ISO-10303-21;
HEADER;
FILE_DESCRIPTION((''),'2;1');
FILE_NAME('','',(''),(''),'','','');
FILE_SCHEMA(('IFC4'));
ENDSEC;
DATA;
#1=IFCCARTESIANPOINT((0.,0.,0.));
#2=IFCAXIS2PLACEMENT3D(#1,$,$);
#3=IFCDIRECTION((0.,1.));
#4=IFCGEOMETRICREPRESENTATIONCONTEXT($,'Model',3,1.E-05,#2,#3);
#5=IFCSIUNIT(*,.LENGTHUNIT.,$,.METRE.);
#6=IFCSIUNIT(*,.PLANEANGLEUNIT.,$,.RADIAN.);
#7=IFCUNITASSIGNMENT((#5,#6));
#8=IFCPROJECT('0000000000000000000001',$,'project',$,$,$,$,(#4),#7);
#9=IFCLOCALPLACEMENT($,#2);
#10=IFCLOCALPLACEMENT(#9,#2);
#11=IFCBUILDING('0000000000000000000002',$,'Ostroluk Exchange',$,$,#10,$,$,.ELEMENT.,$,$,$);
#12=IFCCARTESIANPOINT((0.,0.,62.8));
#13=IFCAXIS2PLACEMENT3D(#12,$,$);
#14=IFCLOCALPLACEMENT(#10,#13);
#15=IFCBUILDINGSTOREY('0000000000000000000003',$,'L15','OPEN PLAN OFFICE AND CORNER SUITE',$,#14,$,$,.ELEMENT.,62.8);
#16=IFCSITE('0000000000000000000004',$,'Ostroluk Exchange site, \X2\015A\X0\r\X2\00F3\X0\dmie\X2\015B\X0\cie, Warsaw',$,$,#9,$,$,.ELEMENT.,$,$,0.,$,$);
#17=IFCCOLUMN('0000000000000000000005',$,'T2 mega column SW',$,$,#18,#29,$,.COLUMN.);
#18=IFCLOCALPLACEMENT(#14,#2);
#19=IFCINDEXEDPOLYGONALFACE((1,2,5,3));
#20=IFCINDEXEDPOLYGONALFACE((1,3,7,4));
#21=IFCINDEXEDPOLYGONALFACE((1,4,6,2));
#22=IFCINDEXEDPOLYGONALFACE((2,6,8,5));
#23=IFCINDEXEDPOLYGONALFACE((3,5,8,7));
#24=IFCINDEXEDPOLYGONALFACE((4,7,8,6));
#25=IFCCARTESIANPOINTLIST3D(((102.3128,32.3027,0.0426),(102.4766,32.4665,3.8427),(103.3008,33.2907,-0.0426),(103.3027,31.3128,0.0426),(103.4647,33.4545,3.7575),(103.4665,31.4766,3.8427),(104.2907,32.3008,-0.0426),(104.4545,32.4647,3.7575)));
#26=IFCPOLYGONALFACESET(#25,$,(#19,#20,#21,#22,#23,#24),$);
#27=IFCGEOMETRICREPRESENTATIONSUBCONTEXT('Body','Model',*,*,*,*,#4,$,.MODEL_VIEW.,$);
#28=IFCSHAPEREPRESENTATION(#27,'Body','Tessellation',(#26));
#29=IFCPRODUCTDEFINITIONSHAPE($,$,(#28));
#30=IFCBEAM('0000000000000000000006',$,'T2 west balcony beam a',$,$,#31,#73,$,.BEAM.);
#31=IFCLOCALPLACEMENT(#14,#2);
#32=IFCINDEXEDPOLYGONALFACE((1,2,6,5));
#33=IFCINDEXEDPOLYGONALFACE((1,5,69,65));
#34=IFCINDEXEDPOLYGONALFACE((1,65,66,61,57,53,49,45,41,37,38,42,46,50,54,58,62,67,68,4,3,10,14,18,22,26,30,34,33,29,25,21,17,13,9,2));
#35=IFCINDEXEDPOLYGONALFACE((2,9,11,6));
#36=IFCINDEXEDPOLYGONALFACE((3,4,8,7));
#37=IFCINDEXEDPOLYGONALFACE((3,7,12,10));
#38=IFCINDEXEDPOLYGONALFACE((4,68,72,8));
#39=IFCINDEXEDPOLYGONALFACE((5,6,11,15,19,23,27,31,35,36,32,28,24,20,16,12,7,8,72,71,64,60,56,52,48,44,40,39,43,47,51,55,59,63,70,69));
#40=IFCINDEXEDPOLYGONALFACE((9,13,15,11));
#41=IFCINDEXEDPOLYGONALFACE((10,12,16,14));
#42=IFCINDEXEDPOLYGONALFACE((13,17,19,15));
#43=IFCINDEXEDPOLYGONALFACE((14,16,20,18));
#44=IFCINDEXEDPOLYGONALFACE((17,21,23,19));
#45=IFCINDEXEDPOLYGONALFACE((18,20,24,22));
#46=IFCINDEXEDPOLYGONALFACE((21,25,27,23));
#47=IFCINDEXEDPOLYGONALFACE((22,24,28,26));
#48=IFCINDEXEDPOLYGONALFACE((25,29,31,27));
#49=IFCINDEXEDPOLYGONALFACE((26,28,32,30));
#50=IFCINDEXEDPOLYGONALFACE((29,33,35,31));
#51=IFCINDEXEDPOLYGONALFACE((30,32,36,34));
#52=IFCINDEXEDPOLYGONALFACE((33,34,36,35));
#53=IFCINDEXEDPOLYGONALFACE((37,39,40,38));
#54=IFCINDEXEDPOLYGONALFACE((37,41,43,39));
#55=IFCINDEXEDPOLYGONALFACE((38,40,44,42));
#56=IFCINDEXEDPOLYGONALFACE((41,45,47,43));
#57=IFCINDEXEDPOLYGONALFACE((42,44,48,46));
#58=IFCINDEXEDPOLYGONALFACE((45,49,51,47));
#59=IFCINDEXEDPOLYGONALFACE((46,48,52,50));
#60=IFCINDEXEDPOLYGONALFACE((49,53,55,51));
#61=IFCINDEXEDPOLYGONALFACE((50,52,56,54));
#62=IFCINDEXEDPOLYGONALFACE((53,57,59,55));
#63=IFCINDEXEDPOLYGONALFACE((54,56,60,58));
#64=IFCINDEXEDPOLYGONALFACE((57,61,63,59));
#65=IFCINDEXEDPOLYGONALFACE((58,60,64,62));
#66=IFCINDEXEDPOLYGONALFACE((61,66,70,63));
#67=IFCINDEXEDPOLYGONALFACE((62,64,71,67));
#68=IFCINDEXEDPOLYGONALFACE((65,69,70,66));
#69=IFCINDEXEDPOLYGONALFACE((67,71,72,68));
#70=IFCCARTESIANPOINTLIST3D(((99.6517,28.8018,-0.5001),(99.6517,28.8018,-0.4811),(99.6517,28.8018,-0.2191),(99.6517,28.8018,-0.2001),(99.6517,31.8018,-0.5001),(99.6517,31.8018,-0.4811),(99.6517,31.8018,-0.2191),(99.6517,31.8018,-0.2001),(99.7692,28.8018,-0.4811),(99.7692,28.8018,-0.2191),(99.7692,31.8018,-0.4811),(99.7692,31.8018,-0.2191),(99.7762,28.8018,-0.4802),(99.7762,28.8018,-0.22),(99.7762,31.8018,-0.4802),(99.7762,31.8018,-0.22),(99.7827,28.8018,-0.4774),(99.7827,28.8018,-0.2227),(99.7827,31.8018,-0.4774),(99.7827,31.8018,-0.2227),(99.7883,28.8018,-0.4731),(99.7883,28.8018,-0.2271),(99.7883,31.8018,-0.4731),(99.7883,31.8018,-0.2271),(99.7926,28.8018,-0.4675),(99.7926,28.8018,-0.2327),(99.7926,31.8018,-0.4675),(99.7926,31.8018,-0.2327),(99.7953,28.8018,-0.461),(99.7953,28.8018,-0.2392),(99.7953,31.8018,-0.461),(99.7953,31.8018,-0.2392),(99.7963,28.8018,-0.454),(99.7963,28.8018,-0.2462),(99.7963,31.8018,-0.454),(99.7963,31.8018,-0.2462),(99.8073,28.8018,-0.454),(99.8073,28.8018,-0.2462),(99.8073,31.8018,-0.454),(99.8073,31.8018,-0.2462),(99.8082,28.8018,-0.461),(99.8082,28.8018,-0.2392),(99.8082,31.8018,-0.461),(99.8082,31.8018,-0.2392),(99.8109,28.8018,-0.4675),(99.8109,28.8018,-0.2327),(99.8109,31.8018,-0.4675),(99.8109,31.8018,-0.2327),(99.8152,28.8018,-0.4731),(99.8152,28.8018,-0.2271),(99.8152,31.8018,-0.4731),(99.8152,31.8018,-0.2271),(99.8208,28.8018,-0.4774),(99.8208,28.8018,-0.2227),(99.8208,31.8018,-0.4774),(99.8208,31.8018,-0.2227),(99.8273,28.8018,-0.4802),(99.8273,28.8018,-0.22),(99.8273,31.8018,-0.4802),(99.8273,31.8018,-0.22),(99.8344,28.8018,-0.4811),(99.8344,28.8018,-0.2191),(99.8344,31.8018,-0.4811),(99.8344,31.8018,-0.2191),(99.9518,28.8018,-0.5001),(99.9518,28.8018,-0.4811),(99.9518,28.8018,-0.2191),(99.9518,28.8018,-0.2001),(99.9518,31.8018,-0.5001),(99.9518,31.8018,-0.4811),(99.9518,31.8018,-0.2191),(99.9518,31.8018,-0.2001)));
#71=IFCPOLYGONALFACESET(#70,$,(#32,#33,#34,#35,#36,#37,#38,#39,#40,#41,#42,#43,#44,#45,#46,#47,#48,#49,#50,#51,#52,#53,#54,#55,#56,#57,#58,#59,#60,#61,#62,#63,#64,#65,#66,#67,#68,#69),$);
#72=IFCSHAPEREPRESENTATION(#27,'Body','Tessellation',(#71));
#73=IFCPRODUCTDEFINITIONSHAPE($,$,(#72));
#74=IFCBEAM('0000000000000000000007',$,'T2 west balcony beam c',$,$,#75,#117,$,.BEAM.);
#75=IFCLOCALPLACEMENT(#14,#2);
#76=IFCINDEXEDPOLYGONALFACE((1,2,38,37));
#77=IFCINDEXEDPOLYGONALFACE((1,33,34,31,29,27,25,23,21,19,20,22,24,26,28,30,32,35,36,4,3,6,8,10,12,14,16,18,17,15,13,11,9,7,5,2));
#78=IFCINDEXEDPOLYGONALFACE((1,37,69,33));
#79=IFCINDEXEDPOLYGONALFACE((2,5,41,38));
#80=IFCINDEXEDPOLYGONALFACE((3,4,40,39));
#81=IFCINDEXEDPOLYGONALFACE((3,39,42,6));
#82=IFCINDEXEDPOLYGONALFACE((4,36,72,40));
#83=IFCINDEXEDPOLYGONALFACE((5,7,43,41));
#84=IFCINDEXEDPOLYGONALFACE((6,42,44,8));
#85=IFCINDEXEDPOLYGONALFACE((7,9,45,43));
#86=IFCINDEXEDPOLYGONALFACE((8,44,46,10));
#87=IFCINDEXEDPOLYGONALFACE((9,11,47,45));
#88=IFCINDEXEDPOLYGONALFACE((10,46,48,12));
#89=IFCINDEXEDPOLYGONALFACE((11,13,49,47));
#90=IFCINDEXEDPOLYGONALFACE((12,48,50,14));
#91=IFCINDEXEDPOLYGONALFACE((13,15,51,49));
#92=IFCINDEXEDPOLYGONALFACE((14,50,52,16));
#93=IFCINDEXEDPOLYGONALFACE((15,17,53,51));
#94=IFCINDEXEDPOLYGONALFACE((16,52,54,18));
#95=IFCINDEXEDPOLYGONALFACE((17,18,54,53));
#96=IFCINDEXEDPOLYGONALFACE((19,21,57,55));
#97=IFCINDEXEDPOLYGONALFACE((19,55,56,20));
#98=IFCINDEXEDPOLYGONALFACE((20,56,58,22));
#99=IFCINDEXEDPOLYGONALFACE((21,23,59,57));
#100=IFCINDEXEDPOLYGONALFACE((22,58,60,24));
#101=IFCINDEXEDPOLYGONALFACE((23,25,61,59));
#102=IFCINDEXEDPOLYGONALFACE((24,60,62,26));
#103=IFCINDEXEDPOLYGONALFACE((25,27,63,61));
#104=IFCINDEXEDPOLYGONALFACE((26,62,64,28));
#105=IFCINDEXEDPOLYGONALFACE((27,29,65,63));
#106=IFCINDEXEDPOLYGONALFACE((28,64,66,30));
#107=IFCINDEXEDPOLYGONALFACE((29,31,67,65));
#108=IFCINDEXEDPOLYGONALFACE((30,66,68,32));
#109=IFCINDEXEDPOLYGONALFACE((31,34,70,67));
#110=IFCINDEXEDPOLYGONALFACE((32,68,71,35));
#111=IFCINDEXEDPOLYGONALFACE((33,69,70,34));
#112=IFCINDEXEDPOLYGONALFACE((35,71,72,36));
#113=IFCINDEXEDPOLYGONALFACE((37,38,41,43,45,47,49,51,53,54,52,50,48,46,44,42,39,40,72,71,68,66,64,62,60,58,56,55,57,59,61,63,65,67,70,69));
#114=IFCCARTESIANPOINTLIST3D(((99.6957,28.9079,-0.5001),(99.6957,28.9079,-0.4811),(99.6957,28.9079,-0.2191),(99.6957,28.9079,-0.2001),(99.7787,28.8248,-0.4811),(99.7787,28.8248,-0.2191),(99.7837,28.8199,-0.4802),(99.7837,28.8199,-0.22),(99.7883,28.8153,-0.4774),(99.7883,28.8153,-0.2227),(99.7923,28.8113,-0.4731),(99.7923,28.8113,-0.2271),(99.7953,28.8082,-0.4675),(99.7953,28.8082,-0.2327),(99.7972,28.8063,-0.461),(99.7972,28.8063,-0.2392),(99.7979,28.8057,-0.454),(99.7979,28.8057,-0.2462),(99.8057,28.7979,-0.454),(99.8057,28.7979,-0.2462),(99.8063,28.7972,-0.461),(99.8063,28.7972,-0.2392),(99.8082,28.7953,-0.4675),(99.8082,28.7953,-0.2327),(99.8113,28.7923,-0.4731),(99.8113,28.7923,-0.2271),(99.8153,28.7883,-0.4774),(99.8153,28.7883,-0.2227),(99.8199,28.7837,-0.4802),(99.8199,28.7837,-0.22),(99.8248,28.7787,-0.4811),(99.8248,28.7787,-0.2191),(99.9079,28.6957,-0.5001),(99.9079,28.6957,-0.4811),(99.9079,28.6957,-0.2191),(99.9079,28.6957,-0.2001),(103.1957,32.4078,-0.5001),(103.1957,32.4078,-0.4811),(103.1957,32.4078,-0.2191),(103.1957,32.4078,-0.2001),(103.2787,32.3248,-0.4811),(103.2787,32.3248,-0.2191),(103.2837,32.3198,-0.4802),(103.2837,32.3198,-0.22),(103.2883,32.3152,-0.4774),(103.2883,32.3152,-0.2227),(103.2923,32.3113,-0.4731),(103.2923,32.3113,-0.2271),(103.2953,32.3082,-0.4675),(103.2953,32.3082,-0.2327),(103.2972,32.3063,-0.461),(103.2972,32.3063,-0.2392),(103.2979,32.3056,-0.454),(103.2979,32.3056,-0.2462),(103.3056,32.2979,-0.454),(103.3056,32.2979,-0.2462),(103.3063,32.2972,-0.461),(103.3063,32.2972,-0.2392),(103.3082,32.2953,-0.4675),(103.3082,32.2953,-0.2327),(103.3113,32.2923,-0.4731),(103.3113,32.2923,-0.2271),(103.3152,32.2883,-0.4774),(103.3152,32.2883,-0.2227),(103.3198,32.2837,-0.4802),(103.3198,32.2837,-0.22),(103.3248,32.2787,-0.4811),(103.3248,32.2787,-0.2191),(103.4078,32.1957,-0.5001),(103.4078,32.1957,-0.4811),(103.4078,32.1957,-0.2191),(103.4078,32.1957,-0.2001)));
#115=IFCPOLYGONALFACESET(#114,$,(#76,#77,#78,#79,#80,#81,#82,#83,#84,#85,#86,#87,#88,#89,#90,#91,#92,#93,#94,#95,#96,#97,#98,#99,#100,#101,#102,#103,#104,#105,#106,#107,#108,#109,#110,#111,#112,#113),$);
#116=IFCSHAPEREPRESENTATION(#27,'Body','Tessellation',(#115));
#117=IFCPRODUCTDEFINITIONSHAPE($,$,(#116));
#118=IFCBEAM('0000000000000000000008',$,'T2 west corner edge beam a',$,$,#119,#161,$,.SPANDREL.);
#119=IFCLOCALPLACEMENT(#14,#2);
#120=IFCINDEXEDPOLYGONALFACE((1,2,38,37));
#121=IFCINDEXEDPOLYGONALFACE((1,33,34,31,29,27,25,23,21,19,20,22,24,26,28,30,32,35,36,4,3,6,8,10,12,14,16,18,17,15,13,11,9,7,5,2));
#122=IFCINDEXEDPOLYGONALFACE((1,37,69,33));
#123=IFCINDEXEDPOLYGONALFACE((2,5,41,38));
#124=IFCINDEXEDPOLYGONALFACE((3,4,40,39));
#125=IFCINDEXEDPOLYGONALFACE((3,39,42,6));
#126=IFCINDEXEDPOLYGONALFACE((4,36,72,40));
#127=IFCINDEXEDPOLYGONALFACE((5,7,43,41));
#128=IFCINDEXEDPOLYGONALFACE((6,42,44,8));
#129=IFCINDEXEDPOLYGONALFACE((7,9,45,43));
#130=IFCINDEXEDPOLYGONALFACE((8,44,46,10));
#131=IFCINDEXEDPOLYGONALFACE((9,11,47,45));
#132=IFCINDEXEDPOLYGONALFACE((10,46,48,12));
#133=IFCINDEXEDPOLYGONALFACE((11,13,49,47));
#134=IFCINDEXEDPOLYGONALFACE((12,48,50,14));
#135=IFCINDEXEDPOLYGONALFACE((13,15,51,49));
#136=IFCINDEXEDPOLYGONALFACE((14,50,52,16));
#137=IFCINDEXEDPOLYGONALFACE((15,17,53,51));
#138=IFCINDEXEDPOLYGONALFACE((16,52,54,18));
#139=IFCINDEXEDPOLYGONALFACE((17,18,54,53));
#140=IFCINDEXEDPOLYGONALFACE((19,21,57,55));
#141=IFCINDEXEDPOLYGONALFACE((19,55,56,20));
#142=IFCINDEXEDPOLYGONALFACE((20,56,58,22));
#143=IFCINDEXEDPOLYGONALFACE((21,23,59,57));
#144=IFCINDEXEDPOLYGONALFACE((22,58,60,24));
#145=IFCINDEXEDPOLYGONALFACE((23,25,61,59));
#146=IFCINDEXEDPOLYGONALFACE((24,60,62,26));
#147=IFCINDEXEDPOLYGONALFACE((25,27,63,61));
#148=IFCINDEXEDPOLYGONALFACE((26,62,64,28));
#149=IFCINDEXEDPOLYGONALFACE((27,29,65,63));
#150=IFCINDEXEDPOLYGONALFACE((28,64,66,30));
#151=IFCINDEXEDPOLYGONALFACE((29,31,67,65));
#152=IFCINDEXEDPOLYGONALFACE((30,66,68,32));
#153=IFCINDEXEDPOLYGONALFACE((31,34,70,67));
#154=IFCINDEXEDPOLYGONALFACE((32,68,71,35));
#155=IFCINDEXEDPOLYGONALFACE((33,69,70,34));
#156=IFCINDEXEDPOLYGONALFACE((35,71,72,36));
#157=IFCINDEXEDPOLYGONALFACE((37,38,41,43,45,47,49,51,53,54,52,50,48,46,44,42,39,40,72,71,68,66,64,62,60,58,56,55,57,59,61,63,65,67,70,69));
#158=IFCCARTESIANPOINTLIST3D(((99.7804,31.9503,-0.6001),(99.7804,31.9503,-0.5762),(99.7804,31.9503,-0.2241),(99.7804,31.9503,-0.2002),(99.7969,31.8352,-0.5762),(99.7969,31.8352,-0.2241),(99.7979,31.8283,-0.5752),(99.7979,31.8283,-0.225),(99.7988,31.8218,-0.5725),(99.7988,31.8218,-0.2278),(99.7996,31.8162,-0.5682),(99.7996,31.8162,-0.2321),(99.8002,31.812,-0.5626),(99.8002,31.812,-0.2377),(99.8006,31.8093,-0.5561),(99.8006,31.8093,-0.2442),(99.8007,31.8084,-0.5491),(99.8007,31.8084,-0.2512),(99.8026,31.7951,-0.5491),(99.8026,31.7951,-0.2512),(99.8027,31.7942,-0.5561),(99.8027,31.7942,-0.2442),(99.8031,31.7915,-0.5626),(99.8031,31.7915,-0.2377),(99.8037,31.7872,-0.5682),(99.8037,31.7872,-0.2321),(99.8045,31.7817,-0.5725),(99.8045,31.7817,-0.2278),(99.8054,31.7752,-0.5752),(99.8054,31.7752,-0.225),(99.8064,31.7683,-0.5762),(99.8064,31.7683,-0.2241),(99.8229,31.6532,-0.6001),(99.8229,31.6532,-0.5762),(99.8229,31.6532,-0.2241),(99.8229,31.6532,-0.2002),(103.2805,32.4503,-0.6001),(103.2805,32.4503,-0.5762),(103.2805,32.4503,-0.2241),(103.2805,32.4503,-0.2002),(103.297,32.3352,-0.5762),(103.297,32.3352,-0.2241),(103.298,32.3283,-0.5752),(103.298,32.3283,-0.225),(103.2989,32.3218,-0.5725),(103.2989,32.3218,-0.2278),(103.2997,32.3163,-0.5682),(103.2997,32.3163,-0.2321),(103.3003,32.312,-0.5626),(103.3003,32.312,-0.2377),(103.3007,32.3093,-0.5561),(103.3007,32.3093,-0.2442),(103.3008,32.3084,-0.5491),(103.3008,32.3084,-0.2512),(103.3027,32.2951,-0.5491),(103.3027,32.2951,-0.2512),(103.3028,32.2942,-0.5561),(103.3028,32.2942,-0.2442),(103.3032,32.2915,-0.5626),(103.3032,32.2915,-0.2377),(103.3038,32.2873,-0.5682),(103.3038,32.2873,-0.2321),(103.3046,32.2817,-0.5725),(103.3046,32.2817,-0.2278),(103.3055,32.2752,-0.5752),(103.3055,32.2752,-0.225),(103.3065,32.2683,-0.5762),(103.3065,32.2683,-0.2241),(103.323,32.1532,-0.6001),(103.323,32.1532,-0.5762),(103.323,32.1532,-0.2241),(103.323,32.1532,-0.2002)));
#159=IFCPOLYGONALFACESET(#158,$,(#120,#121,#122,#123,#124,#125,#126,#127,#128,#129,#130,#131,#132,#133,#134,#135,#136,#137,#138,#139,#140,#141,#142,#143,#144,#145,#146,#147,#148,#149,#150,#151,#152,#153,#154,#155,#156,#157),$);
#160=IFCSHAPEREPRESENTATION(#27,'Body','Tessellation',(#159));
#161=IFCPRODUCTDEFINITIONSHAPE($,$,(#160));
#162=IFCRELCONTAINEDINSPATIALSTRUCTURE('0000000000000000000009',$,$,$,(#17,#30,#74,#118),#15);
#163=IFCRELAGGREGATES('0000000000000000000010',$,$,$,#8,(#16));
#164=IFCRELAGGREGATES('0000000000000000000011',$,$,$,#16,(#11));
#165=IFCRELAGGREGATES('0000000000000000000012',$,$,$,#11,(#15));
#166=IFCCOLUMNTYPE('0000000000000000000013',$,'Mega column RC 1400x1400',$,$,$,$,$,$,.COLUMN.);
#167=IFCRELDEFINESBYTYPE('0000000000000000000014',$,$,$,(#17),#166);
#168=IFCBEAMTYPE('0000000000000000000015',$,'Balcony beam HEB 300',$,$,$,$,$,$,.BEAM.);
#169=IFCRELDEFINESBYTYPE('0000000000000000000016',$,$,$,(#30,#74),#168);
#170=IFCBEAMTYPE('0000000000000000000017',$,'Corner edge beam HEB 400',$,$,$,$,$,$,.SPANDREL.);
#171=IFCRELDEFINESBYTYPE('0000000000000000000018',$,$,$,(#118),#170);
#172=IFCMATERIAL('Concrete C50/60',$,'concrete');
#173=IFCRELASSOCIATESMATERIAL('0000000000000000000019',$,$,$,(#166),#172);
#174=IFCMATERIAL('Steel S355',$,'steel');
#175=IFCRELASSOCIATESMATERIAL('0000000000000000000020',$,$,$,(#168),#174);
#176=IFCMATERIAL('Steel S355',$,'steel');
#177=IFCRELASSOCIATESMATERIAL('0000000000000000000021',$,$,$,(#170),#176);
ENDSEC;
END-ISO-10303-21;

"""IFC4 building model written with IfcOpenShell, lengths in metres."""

from ifc_helpers import new_model, si_unit, direction, frame, origin, origin_2d, place, context, subcontext, project, spatial, rectangle, i_section, extrude, material, material_profile, profile_set, type_object, element, save


model = new_model("IFC4")

# Units and contexts
model_context = context("Model", 3, precision=1e-05, world=origin(), true_north=direction((0.0, 1.0)))
body_context = subcontext(model_context, "Body", "Model", "MODEL_VIEW")
ifc_project = project(units=[si_unit("LENGTHUNIT", "METRE"), si_unit("PLANEANGLEUNIT", "RADIAN")], contexts=[model_context])

# Site, building, storey
site_placement = place(None, origin())
site = spatial("IfcSite", under=ifc_project, at=site_placement, Name="Ostroluk Exchange site, Śródmieście, Warsaw", CompositionType="ELEMENT", RefElevation=0.0)
building_placement = place(site_placement, origin())
building = spatial("IfcBuilding", under=site, at=building_placement, Name="Ostroluk Exchange", CompositionType="ELEMENT")
storey_placement = place(building_placement, frame((0.0, 0.0, 62.8)))
storey = spatial("IfcBuildingStorey", under=building, at=storey_placement, Name="L15", Description="OPEN PLAN OFFICE AND CORNER SUITE", CompositionType="ELEMENT", Elevation=62.8)

# Column
ifc_material_1 = material(Name="Concrete C50/60", Category="concrete")
ifc_material_profile_1 = material_profile(ifc_material_1, rectangle(XDim=1.3999, YDim=1.3999, at=origin_2d()), Name="RC 1400x1400")
ifc_profile_set_1 = profile_set([ifc_material_profile_1], Name="Concrete C50/60")
column_type = type_object("IfcColumnType", Name="Mega column RC 1400x1400", PredefinedType="COLUMN", material=ifc_profile_set_1)
column_placement = place(storey_placement, frame((103.3018, 32.3018, 0.0), z_axis=(0.04303, 0.04303, 0.998147), x_axis=(-0.707107, 0.707107, 0.0)))
element("IfcColumn", 1, at=column_placement, inside=storey, type_object=column_type, Name="T2 mega column SW", PredefinedType="COLUMN", context=body_context, shape_type="SweptSolid", body=[
    extrude(rectangle(XDim=1.3999, YDim=1.3999, at=origin_2d()), origin(), (0.0, 0.0, 1.0), 3.8071),
])

# Beams
ifc_material_2 = material(Name="Steel S355", Category="steel")
ifc_material_profile_2 = material_profile(ifc_material_2, i_section(OverallWidth=0.3, OverallDepth=0.3, WebThickness=0.011, FlangeThickness=0.019, FilletRadius=0.0271, at=origin_2d()), Name="HEB 300")
ifc_profile_set_2 = profile_set([ifc_material_profile_2], Name="Steel S355")
beam_type_1 = type_object("IfcBeamType", Name="Balcony beam HEB 300", PredefinedType="BEAM", material=ifc_profile_set_2)
beam_1_placement = place(storey_placement, frame((99.8018, 31.8018, -0.3501), z_axis=(0.0, -1.0, 0.0), x_axis=(1.0, 0.0, 0.0)))
element("IfcBeam", 2, at=beam_1_placement, inside=storey, type_object=beam_type_1, Name="T2 west balcony beam a", PredefinedType="BEAM", context=body_context, shape_type="SweptSolid", body=[
    extrude(i_section(OverallWidth=0.3, OverallDepth=0.3, WebThickness=0.011, FlangeThickness=0.019, FilletRadius=0.0271, at=origin_2d()), origin(), (0.0, 0.0, 1.0), 3.0),
])
beam_2_placement = place(storey_placement, frame((103.3018, 32.3018, -0.3501), z_axis=(-0.707107, -0.707107, 0.0), x_axis=(0.707107, -0.707107, 0.0)))
element("IfcBeam", 3, at=beam_2_placement, inside=storey, type_object=beam_type_1, Name="T2 west balcony beam c", PredefinedType="BEAM", context=body_context, shape_type="SweptSolid", body=[
    extrude(i_section(OverallWidth=0.3, OverallDepth=0.3, WebThickness=0.011, FlangeThickness=0.019, FilletRadius=0.0271, at=origin_2d()), origin(), (0.0, 0.0, 1.0), 4.9497),
])
ifc_material_3 = material(Name="Steel S355", Category="steel")
ifc_material_profile_3 = material_profile(ifc_material_3, i_section(OverallWidth=0.3, OverallDepth=0.3999, WebThickness=0.0134, FlangeThickness=0.0239, FilletRadius=0.0271, at=origin_2d()), Name="HEB 400")
ifc_profile_set_3 = profile_set([ifc_material_profile_3], Name="Steel S355")
beam_type_2 = type_object("IfcBeamType", Name="Corner edge beam HEB 400", PredefinedType="SPANDREL", material=ifc_profile_set_3)
for number, where, z_axis, x_axis, name in (
    (4, (103.3018, 32.3018, -0.4001), (-0.989949, -0.141421, 0.0), (0.141421, -0.989949, 0.0), "T2 west corner edge beam a"),
):
    element("IfcBeam", number, at=place(storey_placement, frame(where, z_axis=z_axis, x_axis=x_axis)), inside=storey, type_object=beam_type_2, Name=name, PredefinedType="SPANDREL", context=body_context, shape_type="SweptSolid", body=[
        extrude(i_section(OverallWidth=0.3, OverallDepth=0.3999, WebThickness=0.0134, FlangeThickness=0.0239, FilletRadius=0.0271, at=origin_2d()), origin(), (0.0, 0.0, 1.0), 3.5356),
    ])

save(model, "model.ifc")
